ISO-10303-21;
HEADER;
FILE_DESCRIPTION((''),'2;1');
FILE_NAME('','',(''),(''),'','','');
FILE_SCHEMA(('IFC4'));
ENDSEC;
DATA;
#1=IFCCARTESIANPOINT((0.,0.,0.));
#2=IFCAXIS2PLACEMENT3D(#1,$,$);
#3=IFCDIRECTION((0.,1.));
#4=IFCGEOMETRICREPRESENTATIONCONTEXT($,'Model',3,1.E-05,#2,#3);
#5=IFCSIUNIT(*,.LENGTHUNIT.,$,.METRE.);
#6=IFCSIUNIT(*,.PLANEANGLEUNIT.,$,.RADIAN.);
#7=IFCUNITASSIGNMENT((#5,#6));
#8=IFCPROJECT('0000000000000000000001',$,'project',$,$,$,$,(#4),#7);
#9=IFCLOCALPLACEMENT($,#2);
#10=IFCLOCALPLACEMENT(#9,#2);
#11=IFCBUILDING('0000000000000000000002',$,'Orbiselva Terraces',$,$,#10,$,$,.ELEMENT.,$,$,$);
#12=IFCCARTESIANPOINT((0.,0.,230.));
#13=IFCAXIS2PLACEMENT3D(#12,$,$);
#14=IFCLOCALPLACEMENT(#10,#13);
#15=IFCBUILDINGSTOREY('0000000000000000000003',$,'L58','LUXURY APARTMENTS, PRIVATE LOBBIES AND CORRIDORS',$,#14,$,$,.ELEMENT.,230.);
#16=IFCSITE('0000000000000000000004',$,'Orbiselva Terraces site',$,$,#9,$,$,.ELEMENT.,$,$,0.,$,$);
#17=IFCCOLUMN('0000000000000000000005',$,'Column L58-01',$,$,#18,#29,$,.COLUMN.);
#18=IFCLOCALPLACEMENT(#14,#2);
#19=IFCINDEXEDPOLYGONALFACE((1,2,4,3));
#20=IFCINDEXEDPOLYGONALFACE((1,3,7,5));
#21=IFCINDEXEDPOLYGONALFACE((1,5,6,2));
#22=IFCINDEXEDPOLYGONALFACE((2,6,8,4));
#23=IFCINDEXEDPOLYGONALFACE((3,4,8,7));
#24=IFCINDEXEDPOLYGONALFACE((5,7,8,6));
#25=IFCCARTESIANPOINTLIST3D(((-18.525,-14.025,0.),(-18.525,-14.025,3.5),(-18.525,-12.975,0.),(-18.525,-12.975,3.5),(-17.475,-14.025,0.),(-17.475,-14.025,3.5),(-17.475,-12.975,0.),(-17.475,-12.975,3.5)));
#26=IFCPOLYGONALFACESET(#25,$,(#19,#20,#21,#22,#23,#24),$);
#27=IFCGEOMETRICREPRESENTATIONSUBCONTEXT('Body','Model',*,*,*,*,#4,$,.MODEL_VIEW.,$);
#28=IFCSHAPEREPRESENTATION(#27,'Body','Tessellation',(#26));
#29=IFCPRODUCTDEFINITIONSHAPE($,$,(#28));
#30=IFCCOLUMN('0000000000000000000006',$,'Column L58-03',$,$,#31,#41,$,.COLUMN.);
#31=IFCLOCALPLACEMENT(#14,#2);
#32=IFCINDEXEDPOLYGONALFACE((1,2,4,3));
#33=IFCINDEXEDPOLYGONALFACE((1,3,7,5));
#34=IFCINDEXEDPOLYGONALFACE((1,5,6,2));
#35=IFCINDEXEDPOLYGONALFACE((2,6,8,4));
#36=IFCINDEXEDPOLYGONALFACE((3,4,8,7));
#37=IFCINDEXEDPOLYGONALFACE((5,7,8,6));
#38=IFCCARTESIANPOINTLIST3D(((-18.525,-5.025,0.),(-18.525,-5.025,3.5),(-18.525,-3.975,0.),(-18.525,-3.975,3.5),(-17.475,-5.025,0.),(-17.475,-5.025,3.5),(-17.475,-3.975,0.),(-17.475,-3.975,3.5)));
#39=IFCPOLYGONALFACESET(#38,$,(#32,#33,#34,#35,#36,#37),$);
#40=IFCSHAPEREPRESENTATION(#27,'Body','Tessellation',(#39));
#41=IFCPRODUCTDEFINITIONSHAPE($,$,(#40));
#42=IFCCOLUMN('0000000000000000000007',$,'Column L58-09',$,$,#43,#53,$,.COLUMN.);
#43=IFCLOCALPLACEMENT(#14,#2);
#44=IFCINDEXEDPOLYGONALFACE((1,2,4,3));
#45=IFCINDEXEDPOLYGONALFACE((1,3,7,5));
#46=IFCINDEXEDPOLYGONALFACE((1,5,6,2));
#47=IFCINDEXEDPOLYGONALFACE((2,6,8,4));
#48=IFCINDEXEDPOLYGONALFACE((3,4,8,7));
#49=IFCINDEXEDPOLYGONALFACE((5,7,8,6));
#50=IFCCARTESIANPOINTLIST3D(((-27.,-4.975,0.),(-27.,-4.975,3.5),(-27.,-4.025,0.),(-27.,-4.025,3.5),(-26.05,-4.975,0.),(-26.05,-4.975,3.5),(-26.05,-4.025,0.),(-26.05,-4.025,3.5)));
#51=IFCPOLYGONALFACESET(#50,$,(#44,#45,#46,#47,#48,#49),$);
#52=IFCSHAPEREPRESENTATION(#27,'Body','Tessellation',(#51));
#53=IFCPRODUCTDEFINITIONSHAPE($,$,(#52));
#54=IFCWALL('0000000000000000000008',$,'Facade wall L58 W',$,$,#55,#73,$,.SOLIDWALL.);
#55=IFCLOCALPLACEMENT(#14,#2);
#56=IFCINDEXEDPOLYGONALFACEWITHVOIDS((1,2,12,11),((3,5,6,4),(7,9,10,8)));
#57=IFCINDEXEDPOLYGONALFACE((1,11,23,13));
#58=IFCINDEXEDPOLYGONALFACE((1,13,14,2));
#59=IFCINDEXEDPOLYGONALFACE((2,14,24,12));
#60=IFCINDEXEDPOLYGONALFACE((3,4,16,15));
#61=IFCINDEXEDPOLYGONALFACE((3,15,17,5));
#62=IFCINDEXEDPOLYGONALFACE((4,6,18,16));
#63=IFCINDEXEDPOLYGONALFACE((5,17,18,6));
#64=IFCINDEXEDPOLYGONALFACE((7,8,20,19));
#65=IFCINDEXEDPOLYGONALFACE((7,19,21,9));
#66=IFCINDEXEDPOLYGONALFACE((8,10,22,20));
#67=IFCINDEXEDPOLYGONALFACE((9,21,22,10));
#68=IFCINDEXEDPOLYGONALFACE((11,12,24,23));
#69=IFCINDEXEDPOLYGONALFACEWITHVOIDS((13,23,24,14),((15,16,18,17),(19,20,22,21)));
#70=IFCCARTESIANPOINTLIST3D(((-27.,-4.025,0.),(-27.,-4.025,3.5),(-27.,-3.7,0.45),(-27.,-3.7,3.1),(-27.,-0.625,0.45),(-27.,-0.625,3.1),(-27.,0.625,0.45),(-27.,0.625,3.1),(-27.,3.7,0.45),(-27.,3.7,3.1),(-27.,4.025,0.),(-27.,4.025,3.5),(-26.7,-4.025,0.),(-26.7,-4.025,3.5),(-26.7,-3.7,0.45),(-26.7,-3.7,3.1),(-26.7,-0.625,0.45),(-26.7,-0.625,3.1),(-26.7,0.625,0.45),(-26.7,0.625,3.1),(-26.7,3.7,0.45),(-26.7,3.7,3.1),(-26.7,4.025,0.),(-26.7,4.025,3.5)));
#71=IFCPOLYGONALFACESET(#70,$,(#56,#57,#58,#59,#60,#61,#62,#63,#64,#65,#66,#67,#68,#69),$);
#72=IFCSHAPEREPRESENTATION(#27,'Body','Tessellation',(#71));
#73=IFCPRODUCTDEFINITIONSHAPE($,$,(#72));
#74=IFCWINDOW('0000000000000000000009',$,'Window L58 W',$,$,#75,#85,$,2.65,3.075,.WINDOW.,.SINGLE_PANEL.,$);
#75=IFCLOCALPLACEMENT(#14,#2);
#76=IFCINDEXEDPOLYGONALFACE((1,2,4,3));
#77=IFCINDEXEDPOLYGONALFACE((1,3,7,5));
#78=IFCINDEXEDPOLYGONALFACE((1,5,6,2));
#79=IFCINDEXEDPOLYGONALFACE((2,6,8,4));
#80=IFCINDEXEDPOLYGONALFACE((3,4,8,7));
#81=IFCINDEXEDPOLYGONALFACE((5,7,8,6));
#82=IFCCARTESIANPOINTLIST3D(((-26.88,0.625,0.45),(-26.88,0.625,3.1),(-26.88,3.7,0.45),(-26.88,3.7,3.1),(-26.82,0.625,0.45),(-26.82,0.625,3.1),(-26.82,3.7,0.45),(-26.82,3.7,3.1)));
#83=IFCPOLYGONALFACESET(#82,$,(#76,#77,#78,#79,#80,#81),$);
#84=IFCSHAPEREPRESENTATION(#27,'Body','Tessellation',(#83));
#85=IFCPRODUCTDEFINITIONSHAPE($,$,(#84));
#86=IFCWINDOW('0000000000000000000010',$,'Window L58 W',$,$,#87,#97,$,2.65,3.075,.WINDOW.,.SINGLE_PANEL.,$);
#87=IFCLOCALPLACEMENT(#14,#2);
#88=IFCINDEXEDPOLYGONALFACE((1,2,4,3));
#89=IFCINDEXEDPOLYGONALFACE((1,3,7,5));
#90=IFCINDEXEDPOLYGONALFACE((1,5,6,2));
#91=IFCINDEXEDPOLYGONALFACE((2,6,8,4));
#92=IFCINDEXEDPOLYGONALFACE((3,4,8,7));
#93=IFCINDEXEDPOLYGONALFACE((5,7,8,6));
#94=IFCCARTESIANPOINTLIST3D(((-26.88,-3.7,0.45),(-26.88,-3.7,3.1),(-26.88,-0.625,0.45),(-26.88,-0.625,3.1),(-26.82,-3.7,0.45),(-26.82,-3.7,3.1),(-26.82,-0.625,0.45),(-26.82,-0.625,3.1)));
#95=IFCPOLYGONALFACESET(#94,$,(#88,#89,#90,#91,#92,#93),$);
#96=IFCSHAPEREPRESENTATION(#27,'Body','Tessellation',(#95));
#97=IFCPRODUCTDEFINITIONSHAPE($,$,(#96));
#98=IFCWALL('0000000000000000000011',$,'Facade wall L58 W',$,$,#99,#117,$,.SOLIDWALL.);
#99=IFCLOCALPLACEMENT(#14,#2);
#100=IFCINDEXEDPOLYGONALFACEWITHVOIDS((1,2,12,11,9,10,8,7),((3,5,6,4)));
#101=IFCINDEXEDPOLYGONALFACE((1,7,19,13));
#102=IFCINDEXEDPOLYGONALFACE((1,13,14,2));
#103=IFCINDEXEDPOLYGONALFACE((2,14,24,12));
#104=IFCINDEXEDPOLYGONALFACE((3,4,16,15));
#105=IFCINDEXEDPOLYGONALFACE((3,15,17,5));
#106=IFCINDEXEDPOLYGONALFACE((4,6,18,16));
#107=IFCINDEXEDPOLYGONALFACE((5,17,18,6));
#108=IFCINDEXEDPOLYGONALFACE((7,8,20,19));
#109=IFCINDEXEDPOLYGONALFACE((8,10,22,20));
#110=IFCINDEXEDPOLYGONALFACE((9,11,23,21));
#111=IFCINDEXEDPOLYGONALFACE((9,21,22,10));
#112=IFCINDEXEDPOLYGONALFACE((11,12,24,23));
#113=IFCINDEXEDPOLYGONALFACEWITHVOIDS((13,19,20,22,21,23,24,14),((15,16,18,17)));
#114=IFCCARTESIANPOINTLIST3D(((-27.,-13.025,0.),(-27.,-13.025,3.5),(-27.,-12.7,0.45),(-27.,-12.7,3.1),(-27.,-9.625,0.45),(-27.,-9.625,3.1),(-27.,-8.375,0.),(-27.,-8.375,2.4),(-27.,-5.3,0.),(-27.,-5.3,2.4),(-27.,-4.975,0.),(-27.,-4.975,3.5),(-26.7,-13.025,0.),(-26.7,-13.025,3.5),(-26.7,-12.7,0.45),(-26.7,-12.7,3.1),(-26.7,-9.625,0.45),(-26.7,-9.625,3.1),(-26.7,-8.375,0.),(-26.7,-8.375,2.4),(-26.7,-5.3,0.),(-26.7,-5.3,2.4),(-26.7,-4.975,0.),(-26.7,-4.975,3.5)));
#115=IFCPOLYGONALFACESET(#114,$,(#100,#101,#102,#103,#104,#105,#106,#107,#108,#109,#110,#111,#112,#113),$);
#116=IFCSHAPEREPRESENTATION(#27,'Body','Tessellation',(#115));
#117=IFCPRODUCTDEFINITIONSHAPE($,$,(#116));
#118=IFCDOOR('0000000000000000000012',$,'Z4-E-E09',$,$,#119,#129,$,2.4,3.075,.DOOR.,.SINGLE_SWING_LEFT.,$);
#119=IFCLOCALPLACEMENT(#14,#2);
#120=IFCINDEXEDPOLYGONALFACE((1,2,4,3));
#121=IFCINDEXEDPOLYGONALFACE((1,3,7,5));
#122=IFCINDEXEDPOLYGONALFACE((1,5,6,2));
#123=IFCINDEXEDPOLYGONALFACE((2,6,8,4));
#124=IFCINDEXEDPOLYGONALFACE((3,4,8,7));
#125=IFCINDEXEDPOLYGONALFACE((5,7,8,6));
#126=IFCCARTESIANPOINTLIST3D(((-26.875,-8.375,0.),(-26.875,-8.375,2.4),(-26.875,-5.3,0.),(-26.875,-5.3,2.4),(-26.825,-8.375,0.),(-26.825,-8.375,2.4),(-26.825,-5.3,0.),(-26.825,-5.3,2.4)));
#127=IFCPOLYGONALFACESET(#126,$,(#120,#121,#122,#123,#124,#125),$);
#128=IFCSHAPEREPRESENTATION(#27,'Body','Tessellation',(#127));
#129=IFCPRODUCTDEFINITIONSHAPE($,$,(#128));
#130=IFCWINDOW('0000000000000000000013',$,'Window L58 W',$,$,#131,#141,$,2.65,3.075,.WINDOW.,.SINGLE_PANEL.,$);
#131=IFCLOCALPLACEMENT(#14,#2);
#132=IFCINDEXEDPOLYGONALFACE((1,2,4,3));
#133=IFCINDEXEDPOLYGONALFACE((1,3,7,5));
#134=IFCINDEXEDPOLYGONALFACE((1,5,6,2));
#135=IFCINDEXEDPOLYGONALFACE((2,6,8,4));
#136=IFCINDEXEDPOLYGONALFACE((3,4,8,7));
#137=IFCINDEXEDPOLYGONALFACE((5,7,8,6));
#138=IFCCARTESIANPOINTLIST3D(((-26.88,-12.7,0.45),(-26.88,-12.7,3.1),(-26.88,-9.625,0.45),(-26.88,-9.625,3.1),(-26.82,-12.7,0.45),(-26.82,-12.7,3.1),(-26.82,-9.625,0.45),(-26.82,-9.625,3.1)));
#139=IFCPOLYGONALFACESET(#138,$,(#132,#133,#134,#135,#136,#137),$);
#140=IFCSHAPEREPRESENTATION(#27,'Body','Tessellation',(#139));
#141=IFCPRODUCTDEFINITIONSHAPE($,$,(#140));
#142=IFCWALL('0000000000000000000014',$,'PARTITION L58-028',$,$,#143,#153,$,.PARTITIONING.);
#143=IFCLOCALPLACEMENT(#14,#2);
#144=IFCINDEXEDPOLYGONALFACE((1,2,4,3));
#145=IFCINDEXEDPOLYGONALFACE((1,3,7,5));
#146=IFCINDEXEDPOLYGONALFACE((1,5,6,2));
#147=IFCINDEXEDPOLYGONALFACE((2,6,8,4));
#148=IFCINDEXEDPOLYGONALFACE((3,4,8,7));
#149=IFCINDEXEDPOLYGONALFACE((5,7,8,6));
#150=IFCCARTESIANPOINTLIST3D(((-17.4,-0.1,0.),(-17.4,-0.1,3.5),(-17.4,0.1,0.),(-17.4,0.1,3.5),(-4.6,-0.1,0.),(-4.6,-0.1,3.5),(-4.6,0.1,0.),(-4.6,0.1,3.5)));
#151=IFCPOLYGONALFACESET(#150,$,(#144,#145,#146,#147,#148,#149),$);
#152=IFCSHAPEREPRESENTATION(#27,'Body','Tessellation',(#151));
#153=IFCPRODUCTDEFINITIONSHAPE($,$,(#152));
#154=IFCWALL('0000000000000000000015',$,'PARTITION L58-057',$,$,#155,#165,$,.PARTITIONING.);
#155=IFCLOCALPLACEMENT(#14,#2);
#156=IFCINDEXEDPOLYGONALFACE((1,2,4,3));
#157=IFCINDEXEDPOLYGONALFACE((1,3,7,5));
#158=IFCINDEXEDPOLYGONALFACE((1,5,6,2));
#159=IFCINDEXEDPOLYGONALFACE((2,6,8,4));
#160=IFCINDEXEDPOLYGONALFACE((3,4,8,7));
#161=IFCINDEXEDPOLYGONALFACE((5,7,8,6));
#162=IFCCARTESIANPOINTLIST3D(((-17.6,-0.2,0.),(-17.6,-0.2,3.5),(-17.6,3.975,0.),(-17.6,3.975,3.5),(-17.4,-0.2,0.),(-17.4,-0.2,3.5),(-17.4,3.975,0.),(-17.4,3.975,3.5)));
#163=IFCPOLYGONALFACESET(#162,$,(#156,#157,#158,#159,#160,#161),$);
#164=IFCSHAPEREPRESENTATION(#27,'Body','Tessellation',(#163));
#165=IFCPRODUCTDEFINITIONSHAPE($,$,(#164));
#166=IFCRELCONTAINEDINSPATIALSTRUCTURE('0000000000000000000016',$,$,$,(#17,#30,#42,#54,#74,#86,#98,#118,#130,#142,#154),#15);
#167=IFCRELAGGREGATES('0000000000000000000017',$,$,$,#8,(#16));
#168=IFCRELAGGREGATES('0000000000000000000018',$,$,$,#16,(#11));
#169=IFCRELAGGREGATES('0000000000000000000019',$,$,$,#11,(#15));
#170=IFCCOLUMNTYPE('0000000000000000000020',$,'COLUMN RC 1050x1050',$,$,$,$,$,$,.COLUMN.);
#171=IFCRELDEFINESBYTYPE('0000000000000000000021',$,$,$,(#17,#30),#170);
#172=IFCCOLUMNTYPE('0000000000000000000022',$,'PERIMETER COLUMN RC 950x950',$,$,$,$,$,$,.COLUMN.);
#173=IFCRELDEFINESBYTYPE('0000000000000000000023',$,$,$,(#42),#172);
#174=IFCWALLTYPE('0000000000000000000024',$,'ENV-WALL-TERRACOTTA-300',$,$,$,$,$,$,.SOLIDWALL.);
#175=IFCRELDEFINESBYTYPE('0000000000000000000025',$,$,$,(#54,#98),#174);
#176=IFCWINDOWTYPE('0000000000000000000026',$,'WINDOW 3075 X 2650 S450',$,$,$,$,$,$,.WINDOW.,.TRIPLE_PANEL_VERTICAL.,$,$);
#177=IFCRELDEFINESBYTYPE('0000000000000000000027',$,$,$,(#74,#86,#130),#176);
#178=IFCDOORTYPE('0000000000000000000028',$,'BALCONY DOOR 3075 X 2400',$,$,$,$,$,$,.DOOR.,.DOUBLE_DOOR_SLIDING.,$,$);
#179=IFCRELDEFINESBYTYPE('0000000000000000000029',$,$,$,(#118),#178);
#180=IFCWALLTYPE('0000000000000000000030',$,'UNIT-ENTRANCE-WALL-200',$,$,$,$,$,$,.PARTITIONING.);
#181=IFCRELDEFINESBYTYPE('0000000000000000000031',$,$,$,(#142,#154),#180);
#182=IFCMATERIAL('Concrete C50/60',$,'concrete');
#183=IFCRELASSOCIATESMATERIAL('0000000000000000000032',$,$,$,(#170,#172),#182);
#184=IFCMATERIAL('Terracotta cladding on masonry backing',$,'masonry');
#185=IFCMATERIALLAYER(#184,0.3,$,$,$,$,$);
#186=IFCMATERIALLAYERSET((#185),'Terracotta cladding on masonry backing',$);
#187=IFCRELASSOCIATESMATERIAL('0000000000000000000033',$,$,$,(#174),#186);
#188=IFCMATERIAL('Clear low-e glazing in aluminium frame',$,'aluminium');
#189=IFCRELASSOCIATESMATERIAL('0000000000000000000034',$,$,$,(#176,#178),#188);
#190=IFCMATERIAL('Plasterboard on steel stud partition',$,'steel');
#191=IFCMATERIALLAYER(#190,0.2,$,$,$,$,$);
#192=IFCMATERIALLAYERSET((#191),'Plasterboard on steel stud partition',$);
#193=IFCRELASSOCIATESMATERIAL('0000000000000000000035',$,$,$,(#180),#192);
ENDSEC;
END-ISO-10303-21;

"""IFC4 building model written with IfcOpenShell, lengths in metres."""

from ifc_helpers import new_model, si_unit, direction, frame, frame_2d, origin, origin_2d, place, context, subcontext, project, spatial, rectangle, extrude, material, layer, layer_set, material_profile, profile_set, type_object, element, fill, save


model = new_model("IFC4")

# Units and contexts
model_context = context("Model", 3, precision=1e-05, world=origin(), true_north=direction((0.0, 1.0)))
body_context = subcontext(model_context, "Body", "Model", "MODEL_VIEW")
ifc_project = project(units=[si_unit("LENGTHUNIT", "METRE"), si_unit("PLANEANGLEUNIT", "RADIAN")], contexts=[model_context])

# Site, building, storey
site_placement = place(None, origin())
site = spatial("IfcSite", under=ifc_project, at=site_placement, Name="Orbiselva Terraces site", CompositionType="ELEMENT", RefElevation=0.0)
building_placement = place(site_placement, origin())
building = spatial("IfcBuilding", under=site, at=building_placement, Name="Orbiselva Terraces", CompositionType="ELEMENT")
storey_placement = place(building_placement, frame((0.0, 0.0, 230.0)))
storey = spatial("IfcBuildingStorey", under=building, at=storey_placement, Name="L58", Description="LUXURY APARTMENTS, PRIVATE LOBBIES AND CORRIDORS", CompositionType="ELEMENT", Elevation=230.0)

# Columns
ifc_material_1 = material(Name="Concrete C50/60", Category="concrete")
ifc_material_profile_1 = material_profile(ifc_material_1, rectangle(XDim=1.05, YDim=1.05, at=origin_2d()), Name="RC 1050x1050")
ifc_profile_set_1 = profile_set([ifc_material_profile_1], Name="Concrete C50/60")
column_type_1 = type_object("IfcColumnType", Name="COLUMN RC 1050x1050", PredefinedType="COLUMN", material=ifc_profile_set_1)
for number, where, z_axis, x_axis, name in (
    (1, (-18.0, -13.5, 0.0), (0.0, 0.0, 1.0), (1.0, 0.0, 0.0), "Column L58-01"),
    (2, (-18.0, -4.5, 0.0), (0.0, 0.0, 1.0), (1.0, 0.0, 0.0), "Column L58-03"),
):
    element("IfcColumn", number, at=place(storey_placement, frame(where, z_axis=z_axis, x_axis=x_axis)), inside=storey, type_object=column_type_1, Name=name, PredefinedType="COLUMN", context=body_context, shape_type="SweptSolid", body=[
        extrude(rectangle(XDim=1.05, YDim=1.05, at=origin_2d()), origin(), (0.0, 0.0, 1.0), 3.5),
    ])
ifc_material_profile_2 = material_profile(ifc_material_1, rectangle(XDim=0.95, YDim=0.95, at=origin_2d()), Name="RC 950x950")
ifc_profile_set_2 = profile_set([ifc_material_profile_2], Name="Concrete C50/60")
column_type_2 = type_object("IfcColumnType", Name="PERIMETER COLUMN RC 950x950", PredefinedType="COLUMN", material=ifc_profile_set_2)
column_placement = place(storey_placement, frame((-26.525, -4.5, 0.0), z_axis=(0.0, 0.0, 1.0), x_axis=(1.0, 0.0, 0.0)))
element("IfcColumn", 3, at=column_placement, inside=storey, type_object=column_type_2, Name="Column L58-09", PredefinedType="COLUMN", context=body_context, shape_type="SweptSolid", body=[
    extrude(rectangle(XDim=0.95, YDim=0.95, at=origin_2d()), origin(), (0.0, 0.0, 1.0), 3.5),
])

# Wall, openings, windows
ifc_material_2 = material(Name="Terracotta cladding on masonry backing", Category="masonry")
ifc_layer_1 = layer(ifc_material_2, 0.3)
ifc_layer_set_1 = layer_set([ifc_layer_1], Name="Terracotta cladding on masonry backing")
wall_type_1 = type_object("IfcWallType", Name="ENV-WALL-TERRACOTTA-300", PredefinedType="SOLIDWALL", material=ifc_layer_set_1)
wall_1_placement = place(storey_placement, frame((-26.85, -4.025, 0.0), z_axis=(0.0, 0.0, 1.0), x_axis=(0.0, 1.0, 0.0)))
wall_1 = element("IfcWall", 4, at=wall_1_placement, inside=storey, type_object=wall_type_1, Name="Facade wall L58 W", PredefinedType="SOLIDWALL", context=body_context, shape_type="SweptSolid", body=[
    extrude(rectangle(XDim=8.05, YDim=0.3, at=frame_2d((4.025, 0.0))), origin(), (0.0, 0.0, 1.0), 3.5),
])
opening_1_placement = place(wall_1_placement, frame((4.65, 0.0, 0.45)))
opening_1 = element("IfcOpeningElement", 5, at=opening_1_placement, cuts=wall_1, PredefinedType="OPENING", context=body_context, shape_type="SweptSolid", body=[
    extrude(rectangle(XDim=3.075, YDim=2.65, at=frame_2d((1.5375, 1.325))), frame((0.0, 0.16, 0.0), z_axis=(0.0, -1.0, 0.0), x_axis=(1.0, 0.0, 0.0)), (0.0, 0.0, 1.0), 0.32),
])
opening_2_placement = place(wall_1_placement, frame((0.325, 0.0, 0.45)))
opening_2 = element("IfcOpeningElement", 6, at=opening_2_placement, cuts=wall_1, PredefinedType="OPENING", context=body_context, shape_type="SweptSolid", body=[
    extrude(rectangle(XDim=3.075, YDim=2.65, at=frame_2d((1.5375, 1.325))), frame((0.0, 0.16, 0.0), z_axis=(0.0, -1.0, 0.0), x_axis=(1.0, 0.0, 0.0)), (0.0, 0.0, 1.0), 0.32),
])
ifc_material_3 = material(Name="Clear low-e glazing in aluminium frame", Category="aluminium")
window_type = type_object("IfcWindowType", Name="WINDOW 3075 X 2650 S450", PartitioningType="TRIPLE_PANEL_VERTICAL", PredefinedType="WINDOW", material=ifc_material_3)
window_1_placement = place(opening_1_placement, origin())
window_1 = element("IfcWindow", 7, at=window_1_placement, inside=storey, type_object=window_type, Name="Window L58 W", OverallHeight=2.65, OverallWidth=3.075, PartitioningType="SINGLE_PANEL", PredefinedType="WINDOW", context=body_context, shape_type="SweptSolid", body=[
    extrude(rectangle(XDim=3.075, YDim=2.65, at=frame_2d((1.5375, 1.325))), frame((0.0, 0.03, 0.0), z_axis=(0.0, -1.0, 0.0), x_axis=(1.0, 0.0, 0.0)), (0.0, 0.0, 1.0), 0.06),
])
fill(opening_1, window_1)
window_2_placement = place(opening_2_placement, origin())
window_2 = element("IfcWindow", 8, at=window_2_placement, inside=storey, type_object=window_type, Name="Window L58 W", OverallHeight=2.65, OverallWidth=3.075, PartitioningType="SINGLE_PANEL", PredefinedType="WINDOW", context=body_context, shape_type="SweptSolid", body=[
    extrude(rectangle(XDim=3.075, YDim=2.65, at=frame_2d((1.5375, 1.325))), frame((0.0, 0.03, 0.0), z_axis=(0.0, -1.0, 0.0), x_axis=(1.0, 0.0, 0.0)), (0.0, 0.0, 1.0), 0.06),
])
fill(opening_2, window_2)

# Wall, openings, door, window
wall_2_placement = place(storey_placement, frame((-26.85, -13.025, 0.0), z_axis=(0.0, 0.0, 1.0), x_axis=(0.0, 1.0, 0.0)))
wall_2 = element("IfcWall", 9, at=wall_2_placement, inside=storey, type_object=wall_type_1, Name="Facade wall L58 W", PredefinedType="SOLIDWALL", context=body_context, shape_type="SweptSolid", body=[
    extrude(rectangle(XDim=8.05, YDim=0.3, at=frame_2d((4.025, 0.0))), origin(), (0.0, 0.0, 1.0), 3.5),
])
opening_3_placement = place(wall_2_placement, frame((4.65, 0.0, 0.0)))
opening_3 = element("IfcOpeningElement", 10, at=opening_3_placement, cuts=wall_2, PredefinedType="OPENING", context=body_context, shape_type="SweptSolid", body=[
    extrude(rectangle(XDim=3.075, YDim=2.4, at=frame_2d((1.5375, 1.2))), frame((0.0, 0.16, 0.0), z_axis=(0.0, -1.0, 0.0), x_axis=(1.0, 0.0, 0.0)), (0.0, 0.0, 1.0), 0.32),
])
opening_4_placement = place(wall_2_placement, frame((0.325, 0.0, 0.45)))
opening_4 = element("IfcOpeningElement", 11, at=opening_4_placement, cuts=wall_2, PredefinedType="OPENING", context=body_context, shape_type="SweptSolid", body=[
    extrude(rectangle(XDim=3.075, YDim=2.65, at=frame_2d((1.5375, 1.325))), frame((0.0, 0.16, 0.0), z_axis=(0.0, -1.0, 0.0), x_axis=(1.0, 0.0, 0.0)), (0.0, 0.0, 1.0), 0.32),
])
door_type_1 = type_object("IfcDoorType", Name="BALCONY DOOR 3075 X 2400", OperationType="DOUBLE_DOOR_SLIDING", PredefinedType="DOOR", material=ifc_material_3)
door_1_placement = place(opening_3_placement, origin())
door_1 = element("IfcDoor", 12, at=door_1_placement, inside=storey, type_object=door_type_1, Name="Z4-E-E09", OperationType="SINGLE_SWING_LEFT", OverallHeight=2.4, OverallWidth=3.075, PredefinedType="DOOR", context=body_context, shape_type="SweptSolid", body=[
    extrude(rectangle(XDim=3.075, YDim=2.4, at=frame_2d((1.5375, 1.2))), frame((0.0, 0.025, 0.0), z_axis=(0.0, -1.0, 0.0), x_axis=(1.0, 0.0, 0.0)), (0.0, 0.0, 1.0), 0.05),
])
fill(opening_3, door_1)
window_3_placement = place(opening_4_placement, origin())
window_3 = element("IfcWindow", 13, at=window_3_placement, inside=storey, type_object=window_type, Name="Window L58 W", OverallHeight=2.65, OverallWidth=3.075, PartitioningType="SINGLE_PANEL", PredefinedType="WINDOW", context=body_context, shape_type="SweptSolid", body=[
    extrude(rectangle(XDim=3.075, YDim=2.65, at=frame_2d((1.5375, 1.325))), frame((0.0, 0.03, 0.0), z_axis=(0.0, -1.0, 0.0), x_axis=(1.0, 0.0, 0.0)), (0.0, 0.0, 1.0), 0.06),
])
fill(opening_4, window_3)

# Walls
ifc_material_4 = material(Name="Plasterboard on steel stud partition", Category="steel")
ifc_layer_2 = layer(ifc_material_4, 0.2)
ifc_layer_set_2 = layer_set([ifc_layer_2], Name="Plasterboard on steel stud partition")
wall_type_2 = type_object("IfcWallType", Name="UNIT-ENTRANCE-WALL-200", PredefinedType="PARTITIONING", material=ifc_layer_set_2)
wall_3_placement = place(storey_placement, frame((-17.4, 0.0, 0.0), z_axis=(0.0, 0.0, 1.0), x_axis=(1.0, 0.0, 0.0)))
element("IfcWall", 14, at=wall_3_placement, inside=storey, type_object=wall_type_2, Name="PARTITION L58-028", PredefinedType="PARTITIONING", context=body_context, shape_type="SweptSolid", body=[
    extrude(rectangle(XDim=12.8, YDim=0.2, at=frame_2d((6.4, 0.0))), origin(), (0.0, 0.0, 1.0), 3.5),
])
wall_4_placement = place(storey_placement, frame((-17.5, -0.2, 0.0), z_axis=(0.0, 0.0, 1.0), x_axis=(0.0, 1.0, 0.0)))
element("IfcWall", 15, at=wall_4_placement, inside=storey, type_object=wall_type_2, Name="PARTITION L58-057", PredefinedType="PARTITIONING", context=body_context, shape_type="SweptSolid", body=[
    extrude(rectangle(XDim=4.175, YDim=0.2, at=frame_2d((2.0875, 0.0))), origin(), (0.0, 0.0, 1.0), 3.5),
])

save(model, "model.ifc")
